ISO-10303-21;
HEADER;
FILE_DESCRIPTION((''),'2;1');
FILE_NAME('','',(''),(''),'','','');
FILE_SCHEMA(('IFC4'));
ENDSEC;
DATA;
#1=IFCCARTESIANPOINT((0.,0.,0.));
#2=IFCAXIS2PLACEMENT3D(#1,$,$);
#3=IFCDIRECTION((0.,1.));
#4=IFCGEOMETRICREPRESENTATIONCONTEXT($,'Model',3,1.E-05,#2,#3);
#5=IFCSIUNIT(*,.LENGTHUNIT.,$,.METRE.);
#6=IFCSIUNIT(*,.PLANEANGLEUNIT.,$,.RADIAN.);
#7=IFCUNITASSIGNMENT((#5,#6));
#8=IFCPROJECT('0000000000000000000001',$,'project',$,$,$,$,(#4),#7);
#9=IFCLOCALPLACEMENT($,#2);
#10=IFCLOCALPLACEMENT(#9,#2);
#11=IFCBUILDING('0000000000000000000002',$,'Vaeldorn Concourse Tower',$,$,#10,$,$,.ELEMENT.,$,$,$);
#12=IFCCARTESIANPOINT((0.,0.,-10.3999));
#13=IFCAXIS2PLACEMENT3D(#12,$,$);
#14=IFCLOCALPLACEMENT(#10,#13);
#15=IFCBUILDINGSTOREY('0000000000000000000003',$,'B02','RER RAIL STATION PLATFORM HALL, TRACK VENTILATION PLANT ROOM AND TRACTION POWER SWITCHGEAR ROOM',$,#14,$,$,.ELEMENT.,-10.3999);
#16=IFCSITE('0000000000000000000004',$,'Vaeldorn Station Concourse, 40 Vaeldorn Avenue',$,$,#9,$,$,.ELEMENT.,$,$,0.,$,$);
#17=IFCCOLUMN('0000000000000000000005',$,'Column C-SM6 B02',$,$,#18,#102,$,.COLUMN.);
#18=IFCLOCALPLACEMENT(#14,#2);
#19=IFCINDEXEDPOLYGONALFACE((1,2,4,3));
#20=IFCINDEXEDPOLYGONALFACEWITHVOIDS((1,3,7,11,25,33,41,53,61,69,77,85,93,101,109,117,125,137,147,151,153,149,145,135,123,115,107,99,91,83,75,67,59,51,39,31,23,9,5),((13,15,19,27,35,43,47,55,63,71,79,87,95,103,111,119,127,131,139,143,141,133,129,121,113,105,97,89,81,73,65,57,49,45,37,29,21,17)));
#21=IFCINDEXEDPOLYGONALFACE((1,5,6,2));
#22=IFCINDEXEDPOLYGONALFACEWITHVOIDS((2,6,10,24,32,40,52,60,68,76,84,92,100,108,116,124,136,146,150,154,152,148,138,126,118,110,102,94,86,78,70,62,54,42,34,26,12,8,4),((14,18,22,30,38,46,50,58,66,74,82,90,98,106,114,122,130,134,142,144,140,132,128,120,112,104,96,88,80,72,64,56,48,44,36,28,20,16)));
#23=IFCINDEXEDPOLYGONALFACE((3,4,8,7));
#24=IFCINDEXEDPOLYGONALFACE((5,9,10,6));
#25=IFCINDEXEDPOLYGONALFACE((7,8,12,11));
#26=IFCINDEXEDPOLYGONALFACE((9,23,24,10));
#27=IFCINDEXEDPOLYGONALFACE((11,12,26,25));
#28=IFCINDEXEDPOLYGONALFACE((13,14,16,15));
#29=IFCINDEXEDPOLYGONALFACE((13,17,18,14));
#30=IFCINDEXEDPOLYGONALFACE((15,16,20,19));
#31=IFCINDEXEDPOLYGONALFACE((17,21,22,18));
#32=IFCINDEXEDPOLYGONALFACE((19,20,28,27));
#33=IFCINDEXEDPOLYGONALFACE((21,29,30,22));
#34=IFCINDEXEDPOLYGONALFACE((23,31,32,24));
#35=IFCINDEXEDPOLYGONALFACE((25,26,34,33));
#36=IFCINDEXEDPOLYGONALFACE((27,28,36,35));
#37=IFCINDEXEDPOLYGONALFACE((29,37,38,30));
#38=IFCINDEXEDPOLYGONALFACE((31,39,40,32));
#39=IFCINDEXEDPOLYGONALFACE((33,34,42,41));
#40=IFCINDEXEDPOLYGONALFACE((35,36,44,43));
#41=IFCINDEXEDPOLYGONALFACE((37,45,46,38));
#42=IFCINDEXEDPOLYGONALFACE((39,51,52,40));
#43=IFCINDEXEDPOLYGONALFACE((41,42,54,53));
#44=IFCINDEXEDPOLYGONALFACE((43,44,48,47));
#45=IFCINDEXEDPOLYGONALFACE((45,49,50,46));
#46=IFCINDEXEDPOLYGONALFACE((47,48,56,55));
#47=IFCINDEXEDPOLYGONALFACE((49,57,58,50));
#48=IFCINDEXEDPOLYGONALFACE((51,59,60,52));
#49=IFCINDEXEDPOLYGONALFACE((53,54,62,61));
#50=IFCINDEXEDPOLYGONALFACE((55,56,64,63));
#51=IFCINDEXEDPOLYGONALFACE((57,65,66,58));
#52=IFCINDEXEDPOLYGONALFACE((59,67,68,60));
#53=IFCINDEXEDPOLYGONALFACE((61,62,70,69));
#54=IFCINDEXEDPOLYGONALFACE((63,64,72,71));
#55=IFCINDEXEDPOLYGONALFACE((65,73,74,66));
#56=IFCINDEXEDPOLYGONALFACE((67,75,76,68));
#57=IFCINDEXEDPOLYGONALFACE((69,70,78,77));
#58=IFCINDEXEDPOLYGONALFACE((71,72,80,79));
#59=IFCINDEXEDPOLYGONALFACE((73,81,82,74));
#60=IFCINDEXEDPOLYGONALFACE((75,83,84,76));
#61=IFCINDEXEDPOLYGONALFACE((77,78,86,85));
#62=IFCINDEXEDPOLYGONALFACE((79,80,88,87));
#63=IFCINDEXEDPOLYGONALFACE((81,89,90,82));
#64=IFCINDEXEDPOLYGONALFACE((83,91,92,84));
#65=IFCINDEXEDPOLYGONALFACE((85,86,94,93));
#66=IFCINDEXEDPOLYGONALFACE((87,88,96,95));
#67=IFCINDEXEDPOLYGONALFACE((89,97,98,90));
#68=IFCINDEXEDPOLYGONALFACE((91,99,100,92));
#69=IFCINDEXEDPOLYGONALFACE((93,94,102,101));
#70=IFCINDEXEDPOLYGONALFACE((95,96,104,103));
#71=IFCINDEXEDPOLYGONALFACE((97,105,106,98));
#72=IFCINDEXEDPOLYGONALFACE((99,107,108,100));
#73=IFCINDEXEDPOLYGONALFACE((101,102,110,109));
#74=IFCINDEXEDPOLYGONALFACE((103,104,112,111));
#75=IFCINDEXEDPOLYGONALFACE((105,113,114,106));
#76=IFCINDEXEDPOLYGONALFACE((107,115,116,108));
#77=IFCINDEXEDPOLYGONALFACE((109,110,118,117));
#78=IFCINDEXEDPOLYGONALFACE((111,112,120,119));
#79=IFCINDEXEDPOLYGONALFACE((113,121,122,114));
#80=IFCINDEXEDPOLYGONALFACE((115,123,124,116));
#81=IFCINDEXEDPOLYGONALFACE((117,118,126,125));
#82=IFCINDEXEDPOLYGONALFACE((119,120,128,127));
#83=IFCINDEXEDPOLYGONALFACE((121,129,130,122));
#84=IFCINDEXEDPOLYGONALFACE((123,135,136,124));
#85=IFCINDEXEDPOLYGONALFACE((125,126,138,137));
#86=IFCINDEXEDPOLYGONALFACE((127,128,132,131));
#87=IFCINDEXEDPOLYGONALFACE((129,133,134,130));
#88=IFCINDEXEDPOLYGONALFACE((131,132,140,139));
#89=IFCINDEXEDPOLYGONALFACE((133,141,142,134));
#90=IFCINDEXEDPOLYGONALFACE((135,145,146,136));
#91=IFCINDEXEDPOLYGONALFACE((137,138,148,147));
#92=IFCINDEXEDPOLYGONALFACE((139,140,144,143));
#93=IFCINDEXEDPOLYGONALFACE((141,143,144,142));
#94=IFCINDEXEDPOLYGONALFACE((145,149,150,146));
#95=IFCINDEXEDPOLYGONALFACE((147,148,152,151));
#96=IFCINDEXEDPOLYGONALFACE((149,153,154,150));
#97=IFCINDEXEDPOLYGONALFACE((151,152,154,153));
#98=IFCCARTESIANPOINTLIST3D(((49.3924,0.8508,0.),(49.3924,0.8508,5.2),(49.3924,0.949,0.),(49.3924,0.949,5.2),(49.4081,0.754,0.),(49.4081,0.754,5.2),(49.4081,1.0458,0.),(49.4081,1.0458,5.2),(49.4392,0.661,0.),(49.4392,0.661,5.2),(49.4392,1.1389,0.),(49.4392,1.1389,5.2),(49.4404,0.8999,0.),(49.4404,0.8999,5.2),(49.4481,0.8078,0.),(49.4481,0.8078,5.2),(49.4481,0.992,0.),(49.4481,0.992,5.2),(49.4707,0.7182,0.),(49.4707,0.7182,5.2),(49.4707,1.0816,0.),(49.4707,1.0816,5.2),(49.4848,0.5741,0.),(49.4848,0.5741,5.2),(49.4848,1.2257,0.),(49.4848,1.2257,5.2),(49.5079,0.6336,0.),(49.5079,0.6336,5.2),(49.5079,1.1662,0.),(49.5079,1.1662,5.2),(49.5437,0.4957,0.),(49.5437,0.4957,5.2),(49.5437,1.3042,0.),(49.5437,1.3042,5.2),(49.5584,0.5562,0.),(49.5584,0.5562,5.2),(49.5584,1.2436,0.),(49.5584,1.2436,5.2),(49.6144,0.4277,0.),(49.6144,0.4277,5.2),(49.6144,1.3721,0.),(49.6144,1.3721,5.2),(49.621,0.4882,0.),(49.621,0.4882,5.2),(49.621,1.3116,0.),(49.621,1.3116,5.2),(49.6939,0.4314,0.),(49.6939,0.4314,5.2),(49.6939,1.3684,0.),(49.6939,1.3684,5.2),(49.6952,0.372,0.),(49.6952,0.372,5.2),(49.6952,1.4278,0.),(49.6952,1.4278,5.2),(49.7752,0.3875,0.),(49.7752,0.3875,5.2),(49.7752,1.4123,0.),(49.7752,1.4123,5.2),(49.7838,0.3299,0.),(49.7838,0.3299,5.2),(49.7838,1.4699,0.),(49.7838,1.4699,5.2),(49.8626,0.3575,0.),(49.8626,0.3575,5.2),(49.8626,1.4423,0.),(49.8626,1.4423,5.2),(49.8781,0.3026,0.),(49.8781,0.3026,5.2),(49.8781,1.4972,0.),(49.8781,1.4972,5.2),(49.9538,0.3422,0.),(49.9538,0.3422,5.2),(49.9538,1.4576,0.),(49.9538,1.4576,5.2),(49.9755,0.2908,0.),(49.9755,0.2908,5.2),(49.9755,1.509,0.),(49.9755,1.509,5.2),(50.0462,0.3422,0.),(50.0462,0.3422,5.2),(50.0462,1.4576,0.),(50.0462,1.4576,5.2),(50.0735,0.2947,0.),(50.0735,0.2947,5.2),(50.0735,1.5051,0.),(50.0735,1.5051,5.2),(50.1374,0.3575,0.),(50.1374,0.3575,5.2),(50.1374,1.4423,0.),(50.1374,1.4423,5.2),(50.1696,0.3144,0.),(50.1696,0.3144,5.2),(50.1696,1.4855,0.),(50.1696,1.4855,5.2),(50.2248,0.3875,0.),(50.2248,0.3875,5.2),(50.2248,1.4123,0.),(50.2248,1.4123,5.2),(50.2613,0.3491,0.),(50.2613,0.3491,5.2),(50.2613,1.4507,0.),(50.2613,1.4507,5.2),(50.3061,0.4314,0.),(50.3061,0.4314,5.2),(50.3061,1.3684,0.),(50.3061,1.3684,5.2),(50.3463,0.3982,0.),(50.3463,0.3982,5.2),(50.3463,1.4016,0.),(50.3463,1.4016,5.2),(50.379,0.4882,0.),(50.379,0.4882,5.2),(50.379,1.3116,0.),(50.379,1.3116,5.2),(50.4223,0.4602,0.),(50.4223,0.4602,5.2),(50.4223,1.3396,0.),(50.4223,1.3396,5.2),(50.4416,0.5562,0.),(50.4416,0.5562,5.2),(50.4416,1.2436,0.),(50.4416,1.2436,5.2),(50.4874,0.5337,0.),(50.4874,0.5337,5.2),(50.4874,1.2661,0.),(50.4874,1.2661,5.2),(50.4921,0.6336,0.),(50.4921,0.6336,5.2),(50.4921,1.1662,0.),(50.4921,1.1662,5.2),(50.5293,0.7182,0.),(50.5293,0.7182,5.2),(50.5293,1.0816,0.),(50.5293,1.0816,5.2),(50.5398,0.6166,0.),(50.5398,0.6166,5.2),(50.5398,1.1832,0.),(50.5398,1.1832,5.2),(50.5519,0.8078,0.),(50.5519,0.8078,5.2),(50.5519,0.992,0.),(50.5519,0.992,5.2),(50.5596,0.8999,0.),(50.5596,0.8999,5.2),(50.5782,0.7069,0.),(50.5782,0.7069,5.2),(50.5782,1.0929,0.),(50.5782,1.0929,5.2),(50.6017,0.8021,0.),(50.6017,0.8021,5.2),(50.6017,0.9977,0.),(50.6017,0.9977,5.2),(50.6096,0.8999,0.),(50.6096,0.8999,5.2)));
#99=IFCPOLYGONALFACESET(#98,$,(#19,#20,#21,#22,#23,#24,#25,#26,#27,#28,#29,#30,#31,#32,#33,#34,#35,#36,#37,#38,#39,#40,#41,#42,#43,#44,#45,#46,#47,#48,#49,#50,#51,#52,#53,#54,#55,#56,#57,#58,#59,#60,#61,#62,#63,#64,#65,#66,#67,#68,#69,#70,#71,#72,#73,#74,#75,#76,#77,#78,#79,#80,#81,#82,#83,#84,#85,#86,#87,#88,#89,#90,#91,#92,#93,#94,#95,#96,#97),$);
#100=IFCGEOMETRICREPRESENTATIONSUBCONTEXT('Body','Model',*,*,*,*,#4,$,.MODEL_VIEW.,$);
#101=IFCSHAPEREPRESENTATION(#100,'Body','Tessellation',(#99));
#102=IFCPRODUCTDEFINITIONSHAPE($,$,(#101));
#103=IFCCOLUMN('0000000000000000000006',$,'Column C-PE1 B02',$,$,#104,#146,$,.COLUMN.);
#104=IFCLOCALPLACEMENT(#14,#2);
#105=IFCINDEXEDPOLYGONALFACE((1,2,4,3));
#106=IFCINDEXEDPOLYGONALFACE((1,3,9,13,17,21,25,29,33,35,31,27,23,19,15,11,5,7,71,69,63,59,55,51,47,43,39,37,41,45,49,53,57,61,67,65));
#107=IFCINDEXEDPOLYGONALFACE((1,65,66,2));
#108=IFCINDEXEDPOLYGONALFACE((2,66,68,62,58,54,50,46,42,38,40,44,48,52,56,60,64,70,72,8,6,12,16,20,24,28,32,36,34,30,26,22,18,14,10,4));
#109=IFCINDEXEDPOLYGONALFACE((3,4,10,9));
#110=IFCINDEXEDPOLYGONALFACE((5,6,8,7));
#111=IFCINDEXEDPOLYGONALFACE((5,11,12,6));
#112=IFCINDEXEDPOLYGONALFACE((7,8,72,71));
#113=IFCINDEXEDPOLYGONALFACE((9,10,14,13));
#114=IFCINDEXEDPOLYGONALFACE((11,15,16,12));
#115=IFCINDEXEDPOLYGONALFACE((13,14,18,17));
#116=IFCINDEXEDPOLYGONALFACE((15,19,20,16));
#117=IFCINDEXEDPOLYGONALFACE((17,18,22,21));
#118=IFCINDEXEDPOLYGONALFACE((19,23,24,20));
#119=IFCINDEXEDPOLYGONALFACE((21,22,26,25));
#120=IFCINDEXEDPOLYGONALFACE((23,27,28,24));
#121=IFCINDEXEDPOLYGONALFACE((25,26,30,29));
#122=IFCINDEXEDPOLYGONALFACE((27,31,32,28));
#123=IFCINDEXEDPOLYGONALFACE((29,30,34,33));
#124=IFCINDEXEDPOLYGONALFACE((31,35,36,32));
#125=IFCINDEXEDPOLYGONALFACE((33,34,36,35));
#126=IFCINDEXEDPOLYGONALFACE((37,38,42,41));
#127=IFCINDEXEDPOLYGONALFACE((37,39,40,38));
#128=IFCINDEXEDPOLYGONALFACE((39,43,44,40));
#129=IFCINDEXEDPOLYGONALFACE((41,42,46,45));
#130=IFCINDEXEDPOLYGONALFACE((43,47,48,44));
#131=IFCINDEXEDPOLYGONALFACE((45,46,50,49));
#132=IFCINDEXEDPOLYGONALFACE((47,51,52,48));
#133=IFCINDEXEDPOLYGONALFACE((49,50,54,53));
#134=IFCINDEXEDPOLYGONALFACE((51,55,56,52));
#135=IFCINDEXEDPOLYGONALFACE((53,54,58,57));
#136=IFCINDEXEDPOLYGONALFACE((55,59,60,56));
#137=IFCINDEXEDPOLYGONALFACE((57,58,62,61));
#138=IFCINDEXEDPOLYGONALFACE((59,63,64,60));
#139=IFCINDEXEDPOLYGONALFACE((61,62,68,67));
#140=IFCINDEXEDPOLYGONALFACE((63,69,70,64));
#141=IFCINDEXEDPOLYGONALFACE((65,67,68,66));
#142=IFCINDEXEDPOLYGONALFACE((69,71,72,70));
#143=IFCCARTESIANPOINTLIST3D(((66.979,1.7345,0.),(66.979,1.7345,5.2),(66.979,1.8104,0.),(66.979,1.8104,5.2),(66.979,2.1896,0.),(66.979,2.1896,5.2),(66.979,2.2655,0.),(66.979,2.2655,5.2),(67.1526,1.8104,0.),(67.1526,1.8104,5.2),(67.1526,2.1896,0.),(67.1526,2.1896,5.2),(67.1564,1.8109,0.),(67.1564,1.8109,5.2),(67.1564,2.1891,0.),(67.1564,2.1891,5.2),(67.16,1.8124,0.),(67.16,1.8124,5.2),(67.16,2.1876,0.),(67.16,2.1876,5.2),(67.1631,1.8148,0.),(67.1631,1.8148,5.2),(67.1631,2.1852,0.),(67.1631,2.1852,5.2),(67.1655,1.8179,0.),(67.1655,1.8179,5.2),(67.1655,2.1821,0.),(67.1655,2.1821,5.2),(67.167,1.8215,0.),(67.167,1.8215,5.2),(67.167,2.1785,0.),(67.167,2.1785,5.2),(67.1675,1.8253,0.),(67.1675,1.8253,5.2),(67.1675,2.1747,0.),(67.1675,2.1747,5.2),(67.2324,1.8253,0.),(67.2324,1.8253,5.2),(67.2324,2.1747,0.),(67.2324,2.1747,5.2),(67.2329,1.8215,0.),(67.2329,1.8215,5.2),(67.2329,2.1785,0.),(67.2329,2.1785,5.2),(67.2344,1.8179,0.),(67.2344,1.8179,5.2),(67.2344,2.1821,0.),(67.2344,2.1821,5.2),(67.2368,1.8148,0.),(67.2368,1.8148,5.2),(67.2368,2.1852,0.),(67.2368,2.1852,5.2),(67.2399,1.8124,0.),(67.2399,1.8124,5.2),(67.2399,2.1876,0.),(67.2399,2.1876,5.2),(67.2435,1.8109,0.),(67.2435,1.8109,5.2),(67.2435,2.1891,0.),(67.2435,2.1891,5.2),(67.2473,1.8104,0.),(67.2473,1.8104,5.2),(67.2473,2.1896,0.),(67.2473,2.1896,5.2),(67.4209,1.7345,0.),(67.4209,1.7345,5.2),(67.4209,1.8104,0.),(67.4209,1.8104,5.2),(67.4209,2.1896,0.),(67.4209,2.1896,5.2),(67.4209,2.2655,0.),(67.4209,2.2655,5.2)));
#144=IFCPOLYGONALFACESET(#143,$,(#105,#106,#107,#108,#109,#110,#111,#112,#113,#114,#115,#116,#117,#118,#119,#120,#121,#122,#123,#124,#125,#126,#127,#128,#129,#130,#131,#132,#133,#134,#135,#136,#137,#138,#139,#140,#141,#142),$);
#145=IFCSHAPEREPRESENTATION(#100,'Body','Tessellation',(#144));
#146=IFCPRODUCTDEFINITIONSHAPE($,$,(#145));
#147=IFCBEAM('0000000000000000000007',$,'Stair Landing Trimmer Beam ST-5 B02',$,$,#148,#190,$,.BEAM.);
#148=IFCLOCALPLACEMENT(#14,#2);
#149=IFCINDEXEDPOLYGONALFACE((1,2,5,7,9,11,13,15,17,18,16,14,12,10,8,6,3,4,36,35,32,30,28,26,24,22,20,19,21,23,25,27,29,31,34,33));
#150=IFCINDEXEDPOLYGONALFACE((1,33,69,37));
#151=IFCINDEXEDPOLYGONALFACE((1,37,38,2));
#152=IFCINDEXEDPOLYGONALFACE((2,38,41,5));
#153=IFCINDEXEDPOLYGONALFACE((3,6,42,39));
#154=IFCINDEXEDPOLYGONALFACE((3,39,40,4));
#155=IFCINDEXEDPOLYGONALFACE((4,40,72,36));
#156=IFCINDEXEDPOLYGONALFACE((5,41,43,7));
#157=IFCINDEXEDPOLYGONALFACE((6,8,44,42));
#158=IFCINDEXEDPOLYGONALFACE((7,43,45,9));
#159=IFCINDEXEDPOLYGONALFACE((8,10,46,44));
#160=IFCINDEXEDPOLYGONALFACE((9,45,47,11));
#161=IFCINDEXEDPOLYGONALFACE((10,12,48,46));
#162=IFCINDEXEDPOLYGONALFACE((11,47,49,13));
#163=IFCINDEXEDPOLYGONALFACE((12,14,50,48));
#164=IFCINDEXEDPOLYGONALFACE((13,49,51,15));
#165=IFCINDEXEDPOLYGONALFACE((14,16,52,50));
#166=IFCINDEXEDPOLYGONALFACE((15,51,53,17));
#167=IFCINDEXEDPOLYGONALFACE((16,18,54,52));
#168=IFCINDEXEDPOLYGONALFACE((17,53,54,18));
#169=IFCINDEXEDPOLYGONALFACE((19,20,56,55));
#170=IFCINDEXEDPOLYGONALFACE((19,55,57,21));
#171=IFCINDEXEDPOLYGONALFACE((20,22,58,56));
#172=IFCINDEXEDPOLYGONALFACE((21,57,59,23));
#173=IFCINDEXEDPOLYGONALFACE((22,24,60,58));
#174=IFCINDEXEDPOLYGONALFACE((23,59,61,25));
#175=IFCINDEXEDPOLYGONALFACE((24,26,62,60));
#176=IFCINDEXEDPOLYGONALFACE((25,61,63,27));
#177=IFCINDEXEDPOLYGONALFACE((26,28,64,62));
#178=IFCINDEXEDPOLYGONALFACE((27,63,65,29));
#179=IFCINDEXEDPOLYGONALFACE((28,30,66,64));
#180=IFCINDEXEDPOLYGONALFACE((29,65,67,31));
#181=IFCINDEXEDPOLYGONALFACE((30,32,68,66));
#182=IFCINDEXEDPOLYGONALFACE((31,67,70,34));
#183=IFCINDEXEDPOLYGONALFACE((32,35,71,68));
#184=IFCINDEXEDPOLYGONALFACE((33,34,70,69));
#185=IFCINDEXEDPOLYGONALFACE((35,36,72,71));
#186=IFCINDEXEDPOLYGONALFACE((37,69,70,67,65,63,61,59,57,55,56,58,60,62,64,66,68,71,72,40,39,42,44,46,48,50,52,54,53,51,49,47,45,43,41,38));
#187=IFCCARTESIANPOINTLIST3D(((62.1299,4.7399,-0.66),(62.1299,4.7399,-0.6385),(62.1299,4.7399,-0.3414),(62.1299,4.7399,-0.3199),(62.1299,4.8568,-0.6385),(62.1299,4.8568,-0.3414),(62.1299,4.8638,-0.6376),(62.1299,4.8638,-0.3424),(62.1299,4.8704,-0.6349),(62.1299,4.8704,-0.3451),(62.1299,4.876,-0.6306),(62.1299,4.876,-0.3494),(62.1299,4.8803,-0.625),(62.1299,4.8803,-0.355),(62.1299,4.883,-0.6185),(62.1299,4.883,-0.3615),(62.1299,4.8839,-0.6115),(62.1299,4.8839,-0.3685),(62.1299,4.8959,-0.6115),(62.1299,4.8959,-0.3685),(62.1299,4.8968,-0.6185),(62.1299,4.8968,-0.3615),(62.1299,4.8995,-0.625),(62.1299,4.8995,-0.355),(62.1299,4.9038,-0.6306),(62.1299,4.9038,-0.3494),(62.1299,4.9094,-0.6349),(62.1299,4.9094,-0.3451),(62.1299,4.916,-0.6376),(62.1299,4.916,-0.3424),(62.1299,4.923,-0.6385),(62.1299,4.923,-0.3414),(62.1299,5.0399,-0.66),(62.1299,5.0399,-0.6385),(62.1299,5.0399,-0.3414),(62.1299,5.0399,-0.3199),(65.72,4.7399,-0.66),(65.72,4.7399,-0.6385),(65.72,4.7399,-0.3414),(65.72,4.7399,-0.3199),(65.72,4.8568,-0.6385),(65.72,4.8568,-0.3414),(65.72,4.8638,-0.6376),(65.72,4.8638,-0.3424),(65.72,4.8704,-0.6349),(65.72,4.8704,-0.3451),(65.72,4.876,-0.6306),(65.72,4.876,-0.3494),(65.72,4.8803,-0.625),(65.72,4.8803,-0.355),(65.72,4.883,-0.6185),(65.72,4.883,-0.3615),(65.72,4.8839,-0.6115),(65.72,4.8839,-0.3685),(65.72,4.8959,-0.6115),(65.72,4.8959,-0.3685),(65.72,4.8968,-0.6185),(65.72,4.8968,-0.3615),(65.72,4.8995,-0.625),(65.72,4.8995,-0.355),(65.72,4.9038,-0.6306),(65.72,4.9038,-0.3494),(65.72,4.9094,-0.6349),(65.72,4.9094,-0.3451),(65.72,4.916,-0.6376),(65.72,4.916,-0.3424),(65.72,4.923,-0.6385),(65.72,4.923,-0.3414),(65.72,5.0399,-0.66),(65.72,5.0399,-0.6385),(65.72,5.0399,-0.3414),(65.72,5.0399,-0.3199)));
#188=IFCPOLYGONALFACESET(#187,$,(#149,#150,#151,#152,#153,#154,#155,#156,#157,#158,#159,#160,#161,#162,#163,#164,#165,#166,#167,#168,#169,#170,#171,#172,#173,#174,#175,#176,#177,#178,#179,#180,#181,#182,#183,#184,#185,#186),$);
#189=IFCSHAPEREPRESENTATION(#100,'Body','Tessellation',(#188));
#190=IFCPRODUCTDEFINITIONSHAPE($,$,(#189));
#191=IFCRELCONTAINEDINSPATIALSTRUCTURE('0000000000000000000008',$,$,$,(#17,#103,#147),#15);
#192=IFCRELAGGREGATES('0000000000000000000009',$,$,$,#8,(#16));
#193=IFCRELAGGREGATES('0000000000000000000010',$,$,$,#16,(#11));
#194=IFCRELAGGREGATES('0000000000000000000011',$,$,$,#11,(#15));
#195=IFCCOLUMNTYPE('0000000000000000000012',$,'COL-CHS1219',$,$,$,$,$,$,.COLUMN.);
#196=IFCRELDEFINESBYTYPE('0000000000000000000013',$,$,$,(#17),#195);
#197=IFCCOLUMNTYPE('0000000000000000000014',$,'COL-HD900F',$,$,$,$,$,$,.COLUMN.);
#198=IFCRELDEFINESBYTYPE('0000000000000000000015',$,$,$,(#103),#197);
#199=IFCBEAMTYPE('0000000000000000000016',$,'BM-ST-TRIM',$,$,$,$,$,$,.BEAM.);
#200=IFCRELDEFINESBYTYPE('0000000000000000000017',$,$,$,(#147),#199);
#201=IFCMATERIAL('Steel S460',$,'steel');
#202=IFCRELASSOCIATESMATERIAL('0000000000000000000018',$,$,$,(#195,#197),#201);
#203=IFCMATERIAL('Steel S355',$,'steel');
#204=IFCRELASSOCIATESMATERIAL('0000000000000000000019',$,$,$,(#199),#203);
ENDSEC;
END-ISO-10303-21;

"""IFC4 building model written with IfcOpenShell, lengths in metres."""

from ifc_helpers import new_model, si_unit, direction, frame, origin, origin_2d, place, context, subcontext, project, spatial, hollow_circle, i_section, extrude, source, transform, mapped, material, material_profile, profile_set, type_object, element, save


model = new_model("IFC4")

# Units and contexts
model_context = context("Model", 3, precision=1e-05, world=origin(), true_north=direction((0.0, 1.0)))
body_context = subcontext(model_context, "Body", "Model", "MODEL_VIEW")
ifc_project = project(units=[si_unit("LENGTHUNIT", "METRE"), si_unit("PLANEANGLEUNIT", "RADIAN")], contexts=[model_context])

# Site, building, storey
site_placement = place(None, origin())
site = spatial("IfcSite", under=ifc_project, at=site_placement, Name="Vaeldorn Station Concourse, 40 Vaeldorn Avenue", CompositionType="ELEMENT", RefElevation=0.0)
building_placement = place(site_placement, origin())
building = spatial("IfcBuilding", under=site, at=building_placement, Name="Vaeldorn Concourse Tower", CompositionType="ELEMENT")
storey_placement = place(building_placement, frame((0.0, 0.0, -10.3999)))
storey = spatial("IfcBuildingStorey", under=building, at=storey_placement, Name="B02", Description="RER RAIL STATION PLATFORM HALL, TRACK VENTILATION PLANT ROOM AND TRACTION POWER SWITCHGEAR ROOM", CompositionType="ELEMENT", Elevation=-10.3999)

# Columns
ifc_material_1 = material(Name="Steel S460", Category="steel")
ifc_material_profile_1 = material_profile(ifc_material_1, hollow_circle(Radius=0.6096, WallThickness=0.05, at=origin_2d()), Name="CHS 1219x50")
ifc_profile_set_1 = profile_set([ifc_material_profile_1], Name="Steel S460")
column_type_1 = type_object("IfcColumnType", Name="COL-CHS1219", PredefinedType="COLUMN", material=ifc_profile_set_1)
shared_shape_1 = source(origin(), body_context, "Body", "SweptSolid", [
    extrude(hollow_circle(Radius=0.6096, WallThickness=0.05, at=origin_2d()), origin(), (0.0, 0.0, 1.0), 5.2),
])
for number, where, z_axis, x_axis, name in (
    (1, (50.0, 0.8999, 0.0), (0.0, 0.0, 1.0), (1.0, 0.0, 0.0), "Column C-SM6 B02"),
):
    element("IfcColumn", number, at=place(storey_placement, frame(where, z_axis=z_axis, x_axis=x_axis)), inside=storey, type_object=column_type_1, Name=name, PredefinedType="COLUMN", context=body_context, shape_type="MappedRepresentation", body=[
        mapped(shared_shape_1, transform((0.0, 0.0, 0.0), scale=1.0)),
    ])
ifc_material_profile_2 = material_profile(ifc_material_1, i_section(OverallWidth=0.4419, OverallDepth=0.531, WebThickness=0.0649, FlangeThickness=0.0759, FilletRadius=0.0149, at=origin_2d()), Name="HD 400x900")
ifc_profile_set_2 = profile_set([ifc_material_profile_2], Name="Steel S460")
column_type_2 = type_object("IfcColumnType", Name="COL-HD900F", PredefinedType="COLUMN", material=ifc_profile_set_2)
shared_shape_2 = source(origin(), body_context, "Body", "SweptSolid", [
    extrude(i_section(OverallWidth=0.4419, OverallDepth=0.531, WebThickness=0.0649, FlangeThickness=0.0759, FilletRadius=0.0149, at=origin_2d()), origin(), (0.0, 0.0, 1.0), 5.2),
])
column_placement = place(storey_placement, frame((67.2, 2.0, 0.0), z_axis=(0.0, 0.0, 1.0), x_axis=(1.0, 0.0, 0.0)))
element("IfcColumn", 2, at=column_placement, inside=storey, type_object=column_type_2, Name="Column C-PE1 B02", PredefinedType="COLUMN", context=body_context, shape_type="MappedRepresentation", body=[
    mapped(shared_shape_2, transform((0.0, 0.0, 0.0), scale=1.0)),
])

# Beam
ifc_material_2 = material(Name="Steel S355", Category="steel")
ifc_material_profile_3 = material_profile(ifc_material_2, i_section(OverallWidth=0.3, OverallDepth=0.3401, WebThickness=0.012, FlangeThickness=0.0215, FilletRadius=0.0271, at=origin_2d()), Name="HEB 340")
ifc_profile_set_3 = profile_set([ifc_material_profile_3], Name="Steel S355")
beam_type_1 = type_object("IfcBeamType", Name="BM-ST-TRIM", PredefinedType="BEAM", material=ifc_profile_set_3)
shared_shape_3 = source(origin(), body_context, "Body", "SweptSolid", [
    extrude(i_section(OverallWidth=0.3, OverallDepth=0.3401, WebThickness=0.012, FlangeThickness=0.0215, FilletRadius=0.0271, at=origin_2d()), origin(), (0.0, 0.0, 1.0), 3.5901),
])
beam_1_placement = place(storey_placement, frame((62.1299, 4.8899, -0.49), z_axis=(1.0, 0.0, 0.0), x_axis=(0.0, 1.0, 0.0)))
element("IfcBeam", 3, at=beam_1_placement, inside=storey, type_object=beam_type_1, Name="Stair Landing Trimmer Beam ST-5 B02", PredefinedType="BEAM", context=body_context, shape_type="MappedRepresentation", body=[
    mapped(shared_shape_3, transform((0.0, 0.0, 0.0), scale=1.0)),
])

save(model, "model.ifc")
